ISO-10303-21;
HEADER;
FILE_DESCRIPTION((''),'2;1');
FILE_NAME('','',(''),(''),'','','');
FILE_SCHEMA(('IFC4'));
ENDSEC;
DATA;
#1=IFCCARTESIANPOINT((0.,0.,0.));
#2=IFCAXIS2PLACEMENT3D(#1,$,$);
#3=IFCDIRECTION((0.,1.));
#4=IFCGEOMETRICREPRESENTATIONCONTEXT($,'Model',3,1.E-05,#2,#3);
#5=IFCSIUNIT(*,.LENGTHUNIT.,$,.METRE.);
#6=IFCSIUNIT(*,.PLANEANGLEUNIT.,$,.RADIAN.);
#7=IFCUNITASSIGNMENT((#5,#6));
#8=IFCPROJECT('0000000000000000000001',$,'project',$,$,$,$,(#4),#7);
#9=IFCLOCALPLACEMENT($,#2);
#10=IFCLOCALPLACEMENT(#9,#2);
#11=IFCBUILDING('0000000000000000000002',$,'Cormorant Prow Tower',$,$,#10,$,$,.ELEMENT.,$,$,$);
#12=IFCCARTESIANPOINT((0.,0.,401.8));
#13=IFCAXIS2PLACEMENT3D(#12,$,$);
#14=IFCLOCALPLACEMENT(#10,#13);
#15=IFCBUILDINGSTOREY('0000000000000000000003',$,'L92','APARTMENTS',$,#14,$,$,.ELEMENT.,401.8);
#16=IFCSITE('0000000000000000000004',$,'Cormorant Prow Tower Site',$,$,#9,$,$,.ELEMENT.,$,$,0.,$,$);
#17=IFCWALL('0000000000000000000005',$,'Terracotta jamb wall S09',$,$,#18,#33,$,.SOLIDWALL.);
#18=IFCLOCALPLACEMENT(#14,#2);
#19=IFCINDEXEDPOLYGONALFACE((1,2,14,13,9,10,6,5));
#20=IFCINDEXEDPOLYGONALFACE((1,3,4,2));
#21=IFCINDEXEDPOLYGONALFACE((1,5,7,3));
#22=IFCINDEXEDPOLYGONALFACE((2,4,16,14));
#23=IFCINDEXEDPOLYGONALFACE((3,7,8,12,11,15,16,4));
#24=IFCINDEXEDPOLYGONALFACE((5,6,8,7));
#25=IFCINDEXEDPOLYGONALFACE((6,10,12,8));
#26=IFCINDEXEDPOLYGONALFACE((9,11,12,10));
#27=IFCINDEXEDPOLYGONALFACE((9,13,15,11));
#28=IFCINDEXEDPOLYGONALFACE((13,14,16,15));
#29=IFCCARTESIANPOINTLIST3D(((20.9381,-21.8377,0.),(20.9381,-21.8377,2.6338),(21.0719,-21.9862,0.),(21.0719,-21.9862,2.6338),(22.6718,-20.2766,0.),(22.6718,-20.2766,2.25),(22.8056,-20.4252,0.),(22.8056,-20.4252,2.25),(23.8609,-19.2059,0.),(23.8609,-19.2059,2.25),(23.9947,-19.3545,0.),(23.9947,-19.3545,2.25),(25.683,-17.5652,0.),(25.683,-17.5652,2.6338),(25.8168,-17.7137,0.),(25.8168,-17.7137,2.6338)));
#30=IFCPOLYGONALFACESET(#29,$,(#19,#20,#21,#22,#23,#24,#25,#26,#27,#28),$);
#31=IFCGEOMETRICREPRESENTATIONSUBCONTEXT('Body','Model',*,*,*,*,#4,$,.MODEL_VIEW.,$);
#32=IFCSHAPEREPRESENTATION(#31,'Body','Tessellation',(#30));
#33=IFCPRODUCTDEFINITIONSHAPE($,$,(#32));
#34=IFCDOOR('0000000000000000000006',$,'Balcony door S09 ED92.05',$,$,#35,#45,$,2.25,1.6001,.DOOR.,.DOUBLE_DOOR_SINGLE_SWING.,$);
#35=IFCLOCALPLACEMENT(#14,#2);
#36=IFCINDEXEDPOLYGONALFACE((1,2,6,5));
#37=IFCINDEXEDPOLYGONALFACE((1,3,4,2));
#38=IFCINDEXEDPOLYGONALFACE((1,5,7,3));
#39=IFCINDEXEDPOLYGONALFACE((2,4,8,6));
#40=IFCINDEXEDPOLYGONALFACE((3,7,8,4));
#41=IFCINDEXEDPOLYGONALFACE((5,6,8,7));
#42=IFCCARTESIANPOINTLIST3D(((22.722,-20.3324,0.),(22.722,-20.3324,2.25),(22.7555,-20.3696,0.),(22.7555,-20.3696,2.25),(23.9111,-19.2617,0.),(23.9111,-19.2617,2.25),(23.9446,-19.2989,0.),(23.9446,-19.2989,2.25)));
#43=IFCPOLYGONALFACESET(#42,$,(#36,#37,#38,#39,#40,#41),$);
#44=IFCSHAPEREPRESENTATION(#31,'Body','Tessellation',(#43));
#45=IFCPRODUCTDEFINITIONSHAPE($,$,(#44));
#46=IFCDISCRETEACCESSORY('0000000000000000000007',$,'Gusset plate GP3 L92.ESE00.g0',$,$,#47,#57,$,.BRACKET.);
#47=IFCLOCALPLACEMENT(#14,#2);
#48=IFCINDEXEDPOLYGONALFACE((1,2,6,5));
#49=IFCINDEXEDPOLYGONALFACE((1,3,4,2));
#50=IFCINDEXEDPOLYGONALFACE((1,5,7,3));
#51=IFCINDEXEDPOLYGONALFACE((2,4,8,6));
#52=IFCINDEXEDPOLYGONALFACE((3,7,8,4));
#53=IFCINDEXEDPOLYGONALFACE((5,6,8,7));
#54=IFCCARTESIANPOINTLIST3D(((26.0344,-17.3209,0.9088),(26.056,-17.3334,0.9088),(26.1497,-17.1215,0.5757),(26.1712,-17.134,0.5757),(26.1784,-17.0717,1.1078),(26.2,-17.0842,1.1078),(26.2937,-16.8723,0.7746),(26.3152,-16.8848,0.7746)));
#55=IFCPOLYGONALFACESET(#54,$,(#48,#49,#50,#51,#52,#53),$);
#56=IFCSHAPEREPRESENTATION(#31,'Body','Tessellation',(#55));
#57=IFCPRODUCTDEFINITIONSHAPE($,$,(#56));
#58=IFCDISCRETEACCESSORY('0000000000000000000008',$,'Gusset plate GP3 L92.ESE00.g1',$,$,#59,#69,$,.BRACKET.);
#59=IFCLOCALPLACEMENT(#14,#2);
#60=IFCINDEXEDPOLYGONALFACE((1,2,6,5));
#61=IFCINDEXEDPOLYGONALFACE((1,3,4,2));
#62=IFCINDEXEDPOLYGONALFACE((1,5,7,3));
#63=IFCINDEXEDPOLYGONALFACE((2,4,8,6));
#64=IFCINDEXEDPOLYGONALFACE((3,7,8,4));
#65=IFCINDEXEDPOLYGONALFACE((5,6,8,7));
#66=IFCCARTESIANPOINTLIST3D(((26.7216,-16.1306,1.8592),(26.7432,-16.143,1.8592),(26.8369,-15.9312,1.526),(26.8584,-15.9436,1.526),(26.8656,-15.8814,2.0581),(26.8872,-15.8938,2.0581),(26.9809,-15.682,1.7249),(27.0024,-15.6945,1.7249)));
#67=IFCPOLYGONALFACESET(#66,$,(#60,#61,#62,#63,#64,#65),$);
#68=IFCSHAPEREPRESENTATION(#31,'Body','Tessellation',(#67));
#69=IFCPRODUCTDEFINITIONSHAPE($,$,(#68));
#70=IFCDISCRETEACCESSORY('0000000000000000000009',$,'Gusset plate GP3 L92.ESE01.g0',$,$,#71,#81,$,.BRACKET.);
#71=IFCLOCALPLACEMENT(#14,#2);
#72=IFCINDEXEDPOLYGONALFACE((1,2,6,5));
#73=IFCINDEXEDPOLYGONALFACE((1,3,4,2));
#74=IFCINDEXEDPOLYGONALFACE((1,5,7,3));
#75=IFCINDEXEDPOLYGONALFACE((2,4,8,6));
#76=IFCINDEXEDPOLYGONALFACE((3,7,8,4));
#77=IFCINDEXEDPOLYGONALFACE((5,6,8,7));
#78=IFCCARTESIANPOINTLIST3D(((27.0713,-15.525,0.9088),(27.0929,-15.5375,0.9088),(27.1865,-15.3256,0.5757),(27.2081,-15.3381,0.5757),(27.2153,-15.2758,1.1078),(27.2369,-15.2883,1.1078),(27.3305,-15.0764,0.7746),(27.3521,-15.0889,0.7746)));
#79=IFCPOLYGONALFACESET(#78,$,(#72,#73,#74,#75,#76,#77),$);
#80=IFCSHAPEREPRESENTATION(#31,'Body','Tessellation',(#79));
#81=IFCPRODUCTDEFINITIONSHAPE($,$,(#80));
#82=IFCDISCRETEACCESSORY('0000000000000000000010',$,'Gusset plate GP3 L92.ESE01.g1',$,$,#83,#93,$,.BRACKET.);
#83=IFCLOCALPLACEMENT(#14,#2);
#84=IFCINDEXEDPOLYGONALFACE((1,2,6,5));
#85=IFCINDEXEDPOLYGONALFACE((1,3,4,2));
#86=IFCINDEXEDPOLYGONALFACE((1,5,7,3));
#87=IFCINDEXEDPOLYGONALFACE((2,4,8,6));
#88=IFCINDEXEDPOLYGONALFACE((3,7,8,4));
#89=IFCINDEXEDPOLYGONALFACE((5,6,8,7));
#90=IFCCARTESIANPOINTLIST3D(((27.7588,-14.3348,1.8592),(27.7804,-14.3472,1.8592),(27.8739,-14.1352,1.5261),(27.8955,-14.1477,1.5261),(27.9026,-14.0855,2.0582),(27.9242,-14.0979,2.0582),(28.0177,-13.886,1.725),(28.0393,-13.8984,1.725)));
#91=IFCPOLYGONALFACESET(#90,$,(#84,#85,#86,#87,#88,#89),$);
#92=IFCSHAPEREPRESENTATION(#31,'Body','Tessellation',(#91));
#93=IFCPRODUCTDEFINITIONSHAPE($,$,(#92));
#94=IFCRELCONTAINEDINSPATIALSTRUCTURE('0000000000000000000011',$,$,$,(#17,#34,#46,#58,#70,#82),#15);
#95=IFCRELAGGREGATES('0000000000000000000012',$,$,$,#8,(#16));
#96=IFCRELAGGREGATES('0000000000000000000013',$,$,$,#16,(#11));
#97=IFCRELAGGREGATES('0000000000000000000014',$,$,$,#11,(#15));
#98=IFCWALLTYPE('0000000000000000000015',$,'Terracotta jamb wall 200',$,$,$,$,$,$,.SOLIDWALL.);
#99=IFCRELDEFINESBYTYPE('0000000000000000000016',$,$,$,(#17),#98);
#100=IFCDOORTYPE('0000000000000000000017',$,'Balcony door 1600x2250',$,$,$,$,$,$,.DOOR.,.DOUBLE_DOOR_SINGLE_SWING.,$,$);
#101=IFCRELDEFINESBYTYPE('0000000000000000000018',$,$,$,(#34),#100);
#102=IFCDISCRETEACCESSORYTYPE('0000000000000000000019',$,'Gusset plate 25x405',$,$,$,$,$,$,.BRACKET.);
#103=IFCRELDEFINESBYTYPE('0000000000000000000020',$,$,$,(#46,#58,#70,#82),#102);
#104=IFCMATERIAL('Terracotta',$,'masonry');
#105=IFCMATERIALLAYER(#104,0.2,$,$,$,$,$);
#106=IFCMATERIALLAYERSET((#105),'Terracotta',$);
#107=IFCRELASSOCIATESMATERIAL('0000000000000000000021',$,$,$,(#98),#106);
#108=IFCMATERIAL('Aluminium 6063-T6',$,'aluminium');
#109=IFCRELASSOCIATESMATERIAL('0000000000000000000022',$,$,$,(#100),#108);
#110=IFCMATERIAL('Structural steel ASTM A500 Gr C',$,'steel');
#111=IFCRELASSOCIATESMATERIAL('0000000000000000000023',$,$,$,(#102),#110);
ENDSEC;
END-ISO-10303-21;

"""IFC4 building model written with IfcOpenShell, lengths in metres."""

from ifc_helpers import new_model, si_unit, direction, frame, frame_2d, origin, origin_2d, place, context, subcontext, project, spatial, rectangle, extrude, material, layer, layer_set, material_profile, profile_set, type_object, element, fill, save


model = new_model("IFC4")

# Units and contexts
model_context = context("Model", 3, precision=1e-05, world=origin(), true_north=direction((0.0, 1.0)))
body_context = subcontext(model_context, "Body", "Model", "MODEL_VIEW")
ifc_project = project(units=[si_unit("LENGTHUNIT", "METRE"), si_unit("PLANEANGLEUNIT", "RADIAN")], contexts=[model_context])

# Site, building, storey
site_placement = place(None, origin())
site = spatial("IfcSite", under=ifc_project, at=site_placement, Name="Cormorant Prow Tower Site", CompositionType="ELEMENT", RefElevation=0.0)
building_placement = place(site_placement, origin())
building = spatial("IfcBuilding", under=site, at=building_placement, Name="Cormorant Prow Tower", CompositionType="ELEMENT")
storey_placement = place(building_placement, frame((0.0, 0.0, 401.8)))
storey = spatial("IfcBuildingStorey", under=building, at=storey_placement, Name="L92", Description="APARTMENTS", CompositionType="ELEMENT", Elevation=401.8)

# Wall, opening, door
ifc_material_1 = material(Name="Terracotta", Category="masonry")
ifc_layer_1 = layer(ifc_material_1, 0.2)
ifc_layer_set_1 = layer_set([ifc_layer_1], Name="Terracotta")
wall_type_1 = type_object("IfcWallType", Name="Terracotta jamb wall 200", PredefinedType="SOLIDWALL", material=ifc_layer_set_1)
wall_1_placement = place(storey_placement, frame((21.0051, -21.9119, 0.0), z_axis=(0.0, 0.0, 1.0), x_axis=(0.743133, 0.669144, 0.0)))
wall_1 = element("IfcWall", 1, at=wall_1_placement, inside=storey, type_object=wall_type_1, Name="Terracotta jamb wall S09", PredefinedType="SOLIDWALL", context=body_context, shape_type="SweptSolid", body=[
    extrude(rectangle(XDim=6.385, YDim=0.2, at=frame_2d((3.1924, 0.0))), origin(), (0.0, 0.0, 1.0), 2.6338),
])
opening_1_placement = place(wall_1_placement, frame((2.3328, 0.0, 0.0)))
opening_1 = element("IfcOpeningElement", 2, at=opening_1_placement, cuts=wall_1, PredefinedType="OPENING", context=body_context, shape_type="SweptSolid", body=[
    extrude(rectangle(XDim=1.6001, YDim=2.25, at=frame_2d((0.8, 1.125))), frame((0.0, 0.1099, 0.0), z_axis=(0.0, -1.0, 0.0), x_axis=(1.0, 0.0, 0.0)), (0.0, 0.0, 1.0), 0.22),
])
ifc_material_2 = material(Name="Aluminium 6063-T6", Category="aluminium")
door_type = type_object("IfcDoorType", Name="Balcony door 1600x2250", OperationType="DOUBLE_DOOR_SINGLE_SWING", PredefinedType="DOOR", material=ifc_material_2)
door_placement = place(opening_1_placement, origin())
door = element("IfcDoor", 3, at=door_placement, inside=storey, type_object=door_type, Name="Balcony door S09 ED92.05", OperationType="DOUBLE_DOOR_SINGLE_SWING", OverallHeight=2.25, OverallWidth=1.6001, PredefinedType="DOOR", context=body_context, shape_type="SweptSolid", body=[
    extrude(rectangle(XDim=1.6001, YDim=2.25, at=frame_2d((0.8, 1.125))), frame((0.0, 0.0249, 0.0), z_axis=(0.0, -1.0, 0.0), x_axis=(1.0, 0.0, 0.0)), (0.0, 0.0, 1.0), 0.05),
])
fill(opening_1, door)

# Discrete accessories
ifc_material_3 = material(Name="Structural steel ASTM A500 Gr C", Category="steel")
ifc_material_profile_1 = material_profile(ifc_material_3, rectangle(XDim=0.0249, YDim=0.405, at=origin_2d()), Name="Gusset plate 25x405")
ifc_profile_set_1 = profile_set([ifc_material_profile_1], Name="Structural steel ASTM A500 Gr C")
discrete_accessory_type = type_object("IfcDiscreteAccessoryType", Name="Gusset plate 25x405", PredefinedType="BRACKET", material=ifc_profile_set_1)
for number, where, z_axis, x_axis, name in (
    (4, (26.2468, -16.9783, 0.9412), (-0.411596, -0.71227, -0.56856), (0.865832, -0.500334, 0.0), "Gusset plate GP3 L92.ESE00.g0"),
    (5, (26.79, -16.0371, 1.6926), (0.411596, 0.71227, 0.56856), (-0.865832, 0.500334, 0.0), "Gusset plate GP3 L92.ESE00.g1"),
    (6, (27.2837, -15.1824, 0.9412), (-0.411596, -0.71227, -0.56856), (0.865832, -0.500334, 0.0), "Gusset plate GP3 L92.ESE01.g0"),
    (7, (27.8271, -14.2412, 1.6926), (0.411016, 0.712474, 0.568723), (-0.8662, 0.499698, 0.0), "Gusset plate GP3 L92.ESE01.g1"),
):
    element("IfcDiscreteAccessory", number, at=place(storey_placement, frame(where, z_axis=z_axis, x_axis=x_axis)), inside=storey, type_object=discrete_accessory_type, Name=name, PredefinedType="BRACKET", context=body_context, shape_type="SweptSolid", body=[
        extrude(rectangle(XDim=0.0249, YDim=0.405, at=origin_2d()), origin(), (0.0, 0.0, 1.0), 0.3499),
    ])

save(model, "model.ifc")
